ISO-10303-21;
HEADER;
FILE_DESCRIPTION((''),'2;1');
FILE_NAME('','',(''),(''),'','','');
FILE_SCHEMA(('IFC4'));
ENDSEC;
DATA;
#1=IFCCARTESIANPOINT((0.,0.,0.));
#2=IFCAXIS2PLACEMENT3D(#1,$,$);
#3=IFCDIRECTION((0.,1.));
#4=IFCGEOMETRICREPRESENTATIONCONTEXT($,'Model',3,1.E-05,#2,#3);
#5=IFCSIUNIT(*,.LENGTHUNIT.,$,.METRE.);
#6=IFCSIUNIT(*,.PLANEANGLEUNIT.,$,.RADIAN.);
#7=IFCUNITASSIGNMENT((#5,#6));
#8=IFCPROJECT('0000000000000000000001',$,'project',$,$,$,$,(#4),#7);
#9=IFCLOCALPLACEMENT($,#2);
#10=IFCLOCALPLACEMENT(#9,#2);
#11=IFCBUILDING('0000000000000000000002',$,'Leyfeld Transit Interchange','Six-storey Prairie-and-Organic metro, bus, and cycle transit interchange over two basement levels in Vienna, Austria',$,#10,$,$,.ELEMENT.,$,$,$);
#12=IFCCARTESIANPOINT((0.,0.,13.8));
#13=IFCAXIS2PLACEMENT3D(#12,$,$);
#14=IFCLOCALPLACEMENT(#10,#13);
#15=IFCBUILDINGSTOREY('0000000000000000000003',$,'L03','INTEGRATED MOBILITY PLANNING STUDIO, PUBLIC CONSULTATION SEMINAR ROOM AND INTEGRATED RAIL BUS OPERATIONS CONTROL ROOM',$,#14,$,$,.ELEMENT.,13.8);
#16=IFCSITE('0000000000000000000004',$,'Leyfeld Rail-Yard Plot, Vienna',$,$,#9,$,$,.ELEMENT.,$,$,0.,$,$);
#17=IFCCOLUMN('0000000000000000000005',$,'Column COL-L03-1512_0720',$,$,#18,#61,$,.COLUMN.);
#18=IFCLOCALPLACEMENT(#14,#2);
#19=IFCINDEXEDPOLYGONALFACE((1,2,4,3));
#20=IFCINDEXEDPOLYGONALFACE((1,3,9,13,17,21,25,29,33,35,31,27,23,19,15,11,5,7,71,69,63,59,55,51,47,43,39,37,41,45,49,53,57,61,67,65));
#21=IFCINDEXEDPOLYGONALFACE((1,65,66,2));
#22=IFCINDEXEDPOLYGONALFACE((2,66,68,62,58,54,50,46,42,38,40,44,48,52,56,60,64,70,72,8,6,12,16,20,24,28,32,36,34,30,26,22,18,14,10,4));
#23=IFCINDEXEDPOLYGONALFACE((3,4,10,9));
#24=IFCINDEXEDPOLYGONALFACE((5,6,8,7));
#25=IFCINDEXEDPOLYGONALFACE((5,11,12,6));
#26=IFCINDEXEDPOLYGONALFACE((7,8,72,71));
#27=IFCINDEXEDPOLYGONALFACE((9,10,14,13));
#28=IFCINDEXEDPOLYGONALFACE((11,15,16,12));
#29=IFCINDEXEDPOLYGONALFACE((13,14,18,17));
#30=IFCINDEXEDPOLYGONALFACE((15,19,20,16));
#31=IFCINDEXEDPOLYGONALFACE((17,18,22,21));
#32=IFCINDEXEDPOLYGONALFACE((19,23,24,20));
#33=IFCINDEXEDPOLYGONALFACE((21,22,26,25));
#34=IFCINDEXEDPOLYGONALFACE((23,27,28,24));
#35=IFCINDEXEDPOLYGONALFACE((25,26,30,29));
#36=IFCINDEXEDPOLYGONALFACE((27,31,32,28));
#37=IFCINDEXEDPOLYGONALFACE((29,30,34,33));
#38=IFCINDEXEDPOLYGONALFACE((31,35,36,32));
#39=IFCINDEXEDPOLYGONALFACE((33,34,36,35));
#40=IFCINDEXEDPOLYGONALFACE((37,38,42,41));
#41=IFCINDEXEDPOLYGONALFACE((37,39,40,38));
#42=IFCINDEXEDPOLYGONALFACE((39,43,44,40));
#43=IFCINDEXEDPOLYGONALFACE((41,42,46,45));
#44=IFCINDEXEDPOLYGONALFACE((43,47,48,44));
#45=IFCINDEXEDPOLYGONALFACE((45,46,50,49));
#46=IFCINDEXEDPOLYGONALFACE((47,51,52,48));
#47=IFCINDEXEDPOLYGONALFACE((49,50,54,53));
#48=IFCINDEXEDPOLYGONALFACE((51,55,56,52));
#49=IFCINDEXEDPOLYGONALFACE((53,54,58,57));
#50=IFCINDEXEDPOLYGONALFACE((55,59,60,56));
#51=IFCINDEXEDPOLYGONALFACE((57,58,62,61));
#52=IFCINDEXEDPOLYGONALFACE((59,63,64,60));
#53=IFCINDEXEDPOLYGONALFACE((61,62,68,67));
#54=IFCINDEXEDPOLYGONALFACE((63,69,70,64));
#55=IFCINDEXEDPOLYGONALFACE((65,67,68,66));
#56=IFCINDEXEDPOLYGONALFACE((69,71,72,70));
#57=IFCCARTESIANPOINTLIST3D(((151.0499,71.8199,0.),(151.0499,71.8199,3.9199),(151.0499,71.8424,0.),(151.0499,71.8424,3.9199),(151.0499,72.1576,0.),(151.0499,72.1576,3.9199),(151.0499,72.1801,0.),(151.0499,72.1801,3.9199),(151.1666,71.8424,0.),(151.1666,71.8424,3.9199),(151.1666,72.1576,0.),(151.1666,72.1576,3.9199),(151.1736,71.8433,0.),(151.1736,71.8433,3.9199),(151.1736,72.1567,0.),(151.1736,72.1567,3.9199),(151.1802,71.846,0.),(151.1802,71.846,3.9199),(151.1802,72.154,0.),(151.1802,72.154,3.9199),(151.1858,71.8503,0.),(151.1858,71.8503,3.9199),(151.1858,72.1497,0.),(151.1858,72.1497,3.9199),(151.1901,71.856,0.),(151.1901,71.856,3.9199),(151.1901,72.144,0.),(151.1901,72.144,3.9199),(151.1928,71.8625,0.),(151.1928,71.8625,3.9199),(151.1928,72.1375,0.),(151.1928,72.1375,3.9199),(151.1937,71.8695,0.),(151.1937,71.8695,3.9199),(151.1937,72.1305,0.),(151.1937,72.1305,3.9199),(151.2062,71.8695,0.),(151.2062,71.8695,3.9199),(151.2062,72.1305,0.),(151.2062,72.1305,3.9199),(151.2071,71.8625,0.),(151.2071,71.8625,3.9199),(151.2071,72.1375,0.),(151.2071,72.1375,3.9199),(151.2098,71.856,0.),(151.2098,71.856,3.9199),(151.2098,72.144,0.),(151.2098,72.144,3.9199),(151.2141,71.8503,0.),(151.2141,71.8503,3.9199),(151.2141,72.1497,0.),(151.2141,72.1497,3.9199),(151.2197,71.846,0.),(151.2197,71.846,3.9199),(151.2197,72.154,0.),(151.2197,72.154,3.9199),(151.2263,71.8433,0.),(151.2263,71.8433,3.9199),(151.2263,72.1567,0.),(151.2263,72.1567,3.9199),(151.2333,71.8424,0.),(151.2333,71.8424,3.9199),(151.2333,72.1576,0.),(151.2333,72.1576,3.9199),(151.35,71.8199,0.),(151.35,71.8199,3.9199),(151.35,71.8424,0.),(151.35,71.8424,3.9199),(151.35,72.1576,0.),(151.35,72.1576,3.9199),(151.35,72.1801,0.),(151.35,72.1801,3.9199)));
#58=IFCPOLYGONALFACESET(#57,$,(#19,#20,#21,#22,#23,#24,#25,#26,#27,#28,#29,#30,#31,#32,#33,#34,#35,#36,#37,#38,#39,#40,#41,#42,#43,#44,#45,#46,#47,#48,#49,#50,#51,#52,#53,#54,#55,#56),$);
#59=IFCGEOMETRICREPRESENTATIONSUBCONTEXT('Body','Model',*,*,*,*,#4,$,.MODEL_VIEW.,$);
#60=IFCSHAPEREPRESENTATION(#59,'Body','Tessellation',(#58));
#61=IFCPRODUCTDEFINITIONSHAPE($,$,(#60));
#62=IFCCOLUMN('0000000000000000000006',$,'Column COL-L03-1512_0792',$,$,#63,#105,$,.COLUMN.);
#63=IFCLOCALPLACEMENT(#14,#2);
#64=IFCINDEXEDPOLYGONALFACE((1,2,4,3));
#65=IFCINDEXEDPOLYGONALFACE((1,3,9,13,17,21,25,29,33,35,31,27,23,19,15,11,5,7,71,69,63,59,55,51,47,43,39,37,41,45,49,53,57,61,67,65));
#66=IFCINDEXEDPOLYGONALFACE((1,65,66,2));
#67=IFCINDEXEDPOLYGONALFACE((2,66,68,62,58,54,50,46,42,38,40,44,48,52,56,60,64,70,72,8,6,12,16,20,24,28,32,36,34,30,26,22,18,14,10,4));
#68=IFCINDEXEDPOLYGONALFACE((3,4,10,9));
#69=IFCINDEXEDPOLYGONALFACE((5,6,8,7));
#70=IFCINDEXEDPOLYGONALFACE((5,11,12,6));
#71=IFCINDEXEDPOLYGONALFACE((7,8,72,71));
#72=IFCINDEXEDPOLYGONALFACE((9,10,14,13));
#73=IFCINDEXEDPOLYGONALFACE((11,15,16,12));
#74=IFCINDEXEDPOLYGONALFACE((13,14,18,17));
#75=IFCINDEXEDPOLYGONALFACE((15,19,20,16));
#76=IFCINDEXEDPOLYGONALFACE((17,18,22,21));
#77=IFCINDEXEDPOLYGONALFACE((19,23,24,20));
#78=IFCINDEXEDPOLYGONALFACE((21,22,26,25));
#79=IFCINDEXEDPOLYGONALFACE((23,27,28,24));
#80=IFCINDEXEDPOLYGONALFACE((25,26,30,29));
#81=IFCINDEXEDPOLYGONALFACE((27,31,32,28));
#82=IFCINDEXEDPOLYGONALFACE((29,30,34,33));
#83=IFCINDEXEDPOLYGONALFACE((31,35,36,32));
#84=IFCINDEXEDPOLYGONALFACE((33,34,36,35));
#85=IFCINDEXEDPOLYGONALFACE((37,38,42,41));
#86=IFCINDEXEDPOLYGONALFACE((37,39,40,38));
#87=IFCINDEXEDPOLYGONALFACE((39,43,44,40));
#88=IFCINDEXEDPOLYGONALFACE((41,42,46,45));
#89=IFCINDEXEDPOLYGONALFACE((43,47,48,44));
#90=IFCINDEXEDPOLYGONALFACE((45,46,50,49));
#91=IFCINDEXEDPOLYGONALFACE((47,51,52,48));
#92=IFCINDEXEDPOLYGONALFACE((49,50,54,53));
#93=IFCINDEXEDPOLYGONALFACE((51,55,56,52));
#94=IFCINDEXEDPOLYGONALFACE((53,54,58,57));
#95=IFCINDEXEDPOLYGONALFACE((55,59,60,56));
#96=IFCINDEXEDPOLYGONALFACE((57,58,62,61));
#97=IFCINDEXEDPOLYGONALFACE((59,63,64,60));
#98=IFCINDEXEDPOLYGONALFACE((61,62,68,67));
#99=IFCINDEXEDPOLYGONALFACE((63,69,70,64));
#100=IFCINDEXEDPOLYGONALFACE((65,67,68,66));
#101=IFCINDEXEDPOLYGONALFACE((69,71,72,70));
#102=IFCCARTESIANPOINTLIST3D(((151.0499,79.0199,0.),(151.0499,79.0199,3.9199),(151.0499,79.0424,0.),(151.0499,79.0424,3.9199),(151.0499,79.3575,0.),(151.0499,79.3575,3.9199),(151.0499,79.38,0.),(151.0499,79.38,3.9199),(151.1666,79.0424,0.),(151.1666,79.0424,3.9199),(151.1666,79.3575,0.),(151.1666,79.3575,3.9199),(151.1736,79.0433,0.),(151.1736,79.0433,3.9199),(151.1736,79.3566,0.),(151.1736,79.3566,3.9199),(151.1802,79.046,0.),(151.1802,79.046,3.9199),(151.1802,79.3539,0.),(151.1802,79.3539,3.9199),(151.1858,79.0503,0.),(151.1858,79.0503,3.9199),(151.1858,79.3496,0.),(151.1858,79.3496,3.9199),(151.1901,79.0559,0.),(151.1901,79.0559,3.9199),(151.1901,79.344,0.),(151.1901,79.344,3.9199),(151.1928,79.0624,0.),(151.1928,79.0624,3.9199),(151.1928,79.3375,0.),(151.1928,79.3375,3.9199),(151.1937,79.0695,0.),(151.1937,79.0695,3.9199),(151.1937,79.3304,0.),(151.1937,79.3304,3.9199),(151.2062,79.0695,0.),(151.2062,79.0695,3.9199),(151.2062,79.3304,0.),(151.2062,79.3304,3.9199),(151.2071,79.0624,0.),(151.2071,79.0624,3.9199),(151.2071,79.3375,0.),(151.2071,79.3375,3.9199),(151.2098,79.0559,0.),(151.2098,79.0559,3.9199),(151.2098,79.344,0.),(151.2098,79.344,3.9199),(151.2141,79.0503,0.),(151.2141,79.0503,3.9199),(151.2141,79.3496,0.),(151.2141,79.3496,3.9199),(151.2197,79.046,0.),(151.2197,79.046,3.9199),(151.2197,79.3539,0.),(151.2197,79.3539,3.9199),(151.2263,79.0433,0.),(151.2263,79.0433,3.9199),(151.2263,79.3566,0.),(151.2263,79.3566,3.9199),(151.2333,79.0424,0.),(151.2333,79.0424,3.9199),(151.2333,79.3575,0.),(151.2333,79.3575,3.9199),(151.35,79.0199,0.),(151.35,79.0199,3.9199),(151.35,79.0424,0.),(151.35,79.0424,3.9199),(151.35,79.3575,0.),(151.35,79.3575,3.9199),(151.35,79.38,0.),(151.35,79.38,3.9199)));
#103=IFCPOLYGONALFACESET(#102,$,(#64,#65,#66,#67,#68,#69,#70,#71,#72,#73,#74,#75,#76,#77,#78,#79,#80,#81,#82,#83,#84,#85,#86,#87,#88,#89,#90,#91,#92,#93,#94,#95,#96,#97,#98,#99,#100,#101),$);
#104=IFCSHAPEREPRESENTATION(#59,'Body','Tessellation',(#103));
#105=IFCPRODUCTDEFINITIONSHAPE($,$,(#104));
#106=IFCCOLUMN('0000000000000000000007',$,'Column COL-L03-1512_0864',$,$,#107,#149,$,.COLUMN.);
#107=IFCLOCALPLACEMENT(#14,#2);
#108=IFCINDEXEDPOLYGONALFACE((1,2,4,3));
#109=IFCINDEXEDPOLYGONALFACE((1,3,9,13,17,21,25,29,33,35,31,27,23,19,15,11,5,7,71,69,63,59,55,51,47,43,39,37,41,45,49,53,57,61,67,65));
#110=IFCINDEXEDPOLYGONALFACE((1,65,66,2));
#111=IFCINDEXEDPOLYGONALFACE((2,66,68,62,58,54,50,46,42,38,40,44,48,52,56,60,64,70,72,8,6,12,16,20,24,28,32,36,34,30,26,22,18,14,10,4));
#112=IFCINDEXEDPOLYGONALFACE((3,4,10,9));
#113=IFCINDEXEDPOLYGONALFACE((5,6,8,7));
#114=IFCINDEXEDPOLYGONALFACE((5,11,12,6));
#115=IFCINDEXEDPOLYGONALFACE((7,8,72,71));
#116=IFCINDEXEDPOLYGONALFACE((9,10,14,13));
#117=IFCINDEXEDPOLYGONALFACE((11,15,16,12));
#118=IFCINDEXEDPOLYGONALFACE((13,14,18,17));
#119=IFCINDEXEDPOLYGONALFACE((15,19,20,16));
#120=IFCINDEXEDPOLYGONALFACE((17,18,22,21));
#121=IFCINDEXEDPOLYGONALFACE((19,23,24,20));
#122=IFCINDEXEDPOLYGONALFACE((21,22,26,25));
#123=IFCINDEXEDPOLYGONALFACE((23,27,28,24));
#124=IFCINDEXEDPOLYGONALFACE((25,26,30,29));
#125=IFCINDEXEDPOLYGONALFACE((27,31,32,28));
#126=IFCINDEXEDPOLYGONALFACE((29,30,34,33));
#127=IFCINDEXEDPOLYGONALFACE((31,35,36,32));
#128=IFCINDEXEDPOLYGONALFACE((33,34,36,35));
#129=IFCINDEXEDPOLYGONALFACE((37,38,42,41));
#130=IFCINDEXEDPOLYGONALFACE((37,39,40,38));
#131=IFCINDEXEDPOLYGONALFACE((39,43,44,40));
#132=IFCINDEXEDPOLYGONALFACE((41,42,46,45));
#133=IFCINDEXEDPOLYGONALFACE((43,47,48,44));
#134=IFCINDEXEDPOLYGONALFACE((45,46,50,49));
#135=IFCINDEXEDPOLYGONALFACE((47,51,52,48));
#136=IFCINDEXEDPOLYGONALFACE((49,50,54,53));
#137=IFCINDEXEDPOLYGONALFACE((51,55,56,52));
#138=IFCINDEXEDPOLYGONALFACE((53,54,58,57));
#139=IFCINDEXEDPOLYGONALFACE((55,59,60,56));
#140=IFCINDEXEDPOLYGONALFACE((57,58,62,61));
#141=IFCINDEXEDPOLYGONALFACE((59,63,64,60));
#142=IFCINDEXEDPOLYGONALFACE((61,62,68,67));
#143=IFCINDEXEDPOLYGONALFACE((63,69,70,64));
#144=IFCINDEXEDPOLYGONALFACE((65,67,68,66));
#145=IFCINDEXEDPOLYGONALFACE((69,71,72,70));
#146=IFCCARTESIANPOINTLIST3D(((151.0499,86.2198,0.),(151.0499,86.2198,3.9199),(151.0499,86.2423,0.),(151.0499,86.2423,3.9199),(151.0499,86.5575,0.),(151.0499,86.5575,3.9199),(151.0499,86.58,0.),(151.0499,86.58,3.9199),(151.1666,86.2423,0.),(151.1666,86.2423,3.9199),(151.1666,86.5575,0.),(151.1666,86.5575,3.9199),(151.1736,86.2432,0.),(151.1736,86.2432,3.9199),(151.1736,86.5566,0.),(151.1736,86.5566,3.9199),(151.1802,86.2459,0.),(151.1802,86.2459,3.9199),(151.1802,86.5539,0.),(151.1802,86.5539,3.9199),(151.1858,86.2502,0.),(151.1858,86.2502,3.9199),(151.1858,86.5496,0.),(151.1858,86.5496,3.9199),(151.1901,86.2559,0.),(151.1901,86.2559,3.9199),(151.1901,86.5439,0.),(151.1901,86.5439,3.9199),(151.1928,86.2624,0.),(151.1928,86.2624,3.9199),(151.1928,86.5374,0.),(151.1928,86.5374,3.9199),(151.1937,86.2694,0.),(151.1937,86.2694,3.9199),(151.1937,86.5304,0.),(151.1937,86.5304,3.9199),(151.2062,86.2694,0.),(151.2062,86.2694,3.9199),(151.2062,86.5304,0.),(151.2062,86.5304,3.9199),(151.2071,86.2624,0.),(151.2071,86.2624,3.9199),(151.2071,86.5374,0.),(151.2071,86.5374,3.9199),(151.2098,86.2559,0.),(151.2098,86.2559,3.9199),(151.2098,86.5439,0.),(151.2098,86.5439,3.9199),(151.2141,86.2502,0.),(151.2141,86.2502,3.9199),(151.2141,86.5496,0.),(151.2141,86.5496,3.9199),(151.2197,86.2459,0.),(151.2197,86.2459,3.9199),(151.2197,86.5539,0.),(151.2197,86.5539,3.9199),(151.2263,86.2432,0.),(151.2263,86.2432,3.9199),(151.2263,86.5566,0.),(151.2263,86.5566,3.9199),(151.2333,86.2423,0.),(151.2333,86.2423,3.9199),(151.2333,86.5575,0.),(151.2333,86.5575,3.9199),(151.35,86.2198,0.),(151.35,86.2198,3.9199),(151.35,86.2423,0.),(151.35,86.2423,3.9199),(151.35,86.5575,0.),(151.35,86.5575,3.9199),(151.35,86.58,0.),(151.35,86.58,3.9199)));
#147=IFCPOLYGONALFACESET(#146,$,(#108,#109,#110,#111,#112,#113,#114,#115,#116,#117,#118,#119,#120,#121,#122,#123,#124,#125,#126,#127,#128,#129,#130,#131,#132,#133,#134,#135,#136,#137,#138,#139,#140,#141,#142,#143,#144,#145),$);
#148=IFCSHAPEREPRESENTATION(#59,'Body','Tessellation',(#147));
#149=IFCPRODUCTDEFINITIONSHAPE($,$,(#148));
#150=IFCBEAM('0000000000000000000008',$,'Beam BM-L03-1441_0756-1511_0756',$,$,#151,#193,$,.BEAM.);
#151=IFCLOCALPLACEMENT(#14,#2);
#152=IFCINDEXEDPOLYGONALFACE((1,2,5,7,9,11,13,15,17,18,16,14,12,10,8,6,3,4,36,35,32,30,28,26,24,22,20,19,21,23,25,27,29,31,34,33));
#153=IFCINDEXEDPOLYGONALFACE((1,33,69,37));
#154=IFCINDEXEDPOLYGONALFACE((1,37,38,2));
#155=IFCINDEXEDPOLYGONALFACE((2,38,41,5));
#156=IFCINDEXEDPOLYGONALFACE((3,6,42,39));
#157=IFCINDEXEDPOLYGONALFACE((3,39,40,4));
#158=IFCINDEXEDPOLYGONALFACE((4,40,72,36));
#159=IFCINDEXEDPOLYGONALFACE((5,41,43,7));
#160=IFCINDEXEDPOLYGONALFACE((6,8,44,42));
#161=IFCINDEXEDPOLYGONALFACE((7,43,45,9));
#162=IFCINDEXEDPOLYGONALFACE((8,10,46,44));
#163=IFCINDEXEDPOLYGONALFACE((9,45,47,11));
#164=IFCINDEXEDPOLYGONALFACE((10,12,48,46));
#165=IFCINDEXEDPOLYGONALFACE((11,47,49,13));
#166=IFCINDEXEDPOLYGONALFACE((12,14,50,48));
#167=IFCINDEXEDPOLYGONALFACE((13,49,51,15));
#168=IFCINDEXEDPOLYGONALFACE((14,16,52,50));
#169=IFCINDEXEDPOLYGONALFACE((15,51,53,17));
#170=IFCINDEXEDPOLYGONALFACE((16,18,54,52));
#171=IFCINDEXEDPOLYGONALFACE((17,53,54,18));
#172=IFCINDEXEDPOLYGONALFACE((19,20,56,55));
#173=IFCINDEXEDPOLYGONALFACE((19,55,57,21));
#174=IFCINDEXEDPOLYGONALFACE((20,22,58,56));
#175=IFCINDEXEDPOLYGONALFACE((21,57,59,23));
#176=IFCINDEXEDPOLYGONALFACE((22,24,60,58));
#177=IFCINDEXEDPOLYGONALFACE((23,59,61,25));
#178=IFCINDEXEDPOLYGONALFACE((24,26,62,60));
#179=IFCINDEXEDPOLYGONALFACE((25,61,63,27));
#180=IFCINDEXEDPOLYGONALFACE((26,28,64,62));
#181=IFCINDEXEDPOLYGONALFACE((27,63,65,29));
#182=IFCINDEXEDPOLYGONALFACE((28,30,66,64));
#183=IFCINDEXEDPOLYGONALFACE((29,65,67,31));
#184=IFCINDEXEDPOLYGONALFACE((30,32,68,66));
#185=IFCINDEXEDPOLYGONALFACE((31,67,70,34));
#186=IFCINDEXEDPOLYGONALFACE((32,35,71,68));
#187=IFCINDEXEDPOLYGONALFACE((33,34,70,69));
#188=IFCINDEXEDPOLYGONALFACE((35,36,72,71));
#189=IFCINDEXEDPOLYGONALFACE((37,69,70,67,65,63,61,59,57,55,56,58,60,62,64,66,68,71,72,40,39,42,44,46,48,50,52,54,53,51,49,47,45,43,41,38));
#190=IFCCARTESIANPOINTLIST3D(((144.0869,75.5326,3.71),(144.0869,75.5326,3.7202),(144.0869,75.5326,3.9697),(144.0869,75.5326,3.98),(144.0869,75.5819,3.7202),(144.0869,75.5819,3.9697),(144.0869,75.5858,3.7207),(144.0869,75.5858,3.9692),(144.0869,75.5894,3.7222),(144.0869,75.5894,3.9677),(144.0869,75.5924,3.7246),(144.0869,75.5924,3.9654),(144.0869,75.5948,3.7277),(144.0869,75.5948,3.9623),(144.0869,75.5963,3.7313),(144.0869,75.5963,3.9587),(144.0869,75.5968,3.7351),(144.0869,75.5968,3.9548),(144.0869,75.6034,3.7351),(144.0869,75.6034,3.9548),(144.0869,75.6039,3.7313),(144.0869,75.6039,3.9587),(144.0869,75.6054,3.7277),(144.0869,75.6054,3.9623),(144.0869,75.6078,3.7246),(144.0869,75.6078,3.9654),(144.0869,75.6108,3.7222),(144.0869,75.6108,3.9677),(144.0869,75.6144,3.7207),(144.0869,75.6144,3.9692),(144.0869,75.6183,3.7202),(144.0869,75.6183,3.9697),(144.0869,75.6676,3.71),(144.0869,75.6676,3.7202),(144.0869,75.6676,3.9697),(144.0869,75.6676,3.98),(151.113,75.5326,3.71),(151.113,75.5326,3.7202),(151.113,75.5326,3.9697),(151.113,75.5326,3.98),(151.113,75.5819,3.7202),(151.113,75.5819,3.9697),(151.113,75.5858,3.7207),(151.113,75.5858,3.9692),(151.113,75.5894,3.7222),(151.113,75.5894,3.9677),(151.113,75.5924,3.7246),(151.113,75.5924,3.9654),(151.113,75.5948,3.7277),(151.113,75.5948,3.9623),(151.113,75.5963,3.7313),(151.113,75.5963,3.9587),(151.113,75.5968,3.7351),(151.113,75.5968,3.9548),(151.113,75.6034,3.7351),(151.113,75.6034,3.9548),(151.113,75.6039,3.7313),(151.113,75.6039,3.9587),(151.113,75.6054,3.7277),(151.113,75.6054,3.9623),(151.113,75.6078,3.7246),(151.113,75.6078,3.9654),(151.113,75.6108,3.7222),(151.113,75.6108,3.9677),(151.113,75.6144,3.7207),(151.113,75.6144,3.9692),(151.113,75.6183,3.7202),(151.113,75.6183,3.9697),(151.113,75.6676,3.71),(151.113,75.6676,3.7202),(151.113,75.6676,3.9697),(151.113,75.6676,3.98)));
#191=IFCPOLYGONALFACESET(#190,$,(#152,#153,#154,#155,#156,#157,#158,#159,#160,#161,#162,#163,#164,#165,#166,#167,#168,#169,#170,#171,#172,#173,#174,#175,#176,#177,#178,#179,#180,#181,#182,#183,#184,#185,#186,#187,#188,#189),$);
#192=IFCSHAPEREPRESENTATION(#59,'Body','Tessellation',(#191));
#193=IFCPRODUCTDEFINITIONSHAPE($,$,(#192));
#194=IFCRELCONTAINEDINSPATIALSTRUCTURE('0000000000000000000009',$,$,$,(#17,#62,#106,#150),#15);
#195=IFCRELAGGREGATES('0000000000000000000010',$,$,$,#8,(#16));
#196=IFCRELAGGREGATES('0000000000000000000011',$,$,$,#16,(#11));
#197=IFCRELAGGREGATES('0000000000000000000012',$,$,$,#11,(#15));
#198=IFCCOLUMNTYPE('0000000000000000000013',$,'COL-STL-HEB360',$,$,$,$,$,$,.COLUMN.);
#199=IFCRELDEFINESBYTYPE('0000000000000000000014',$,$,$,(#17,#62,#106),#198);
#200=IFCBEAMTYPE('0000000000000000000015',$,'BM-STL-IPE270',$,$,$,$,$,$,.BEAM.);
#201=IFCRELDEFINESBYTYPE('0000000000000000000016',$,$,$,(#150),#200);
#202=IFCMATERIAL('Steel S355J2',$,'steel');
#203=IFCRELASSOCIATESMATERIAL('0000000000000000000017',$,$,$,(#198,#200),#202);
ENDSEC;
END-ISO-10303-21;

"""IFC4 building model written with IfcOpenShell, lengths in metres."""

from ifc_helpers import new_model, si_unit, direction, frame, origin, origin_2d, place, context, subcontext, project, spatial, i_section, extrude, material, material_profile, profile_set, type_object, element, save


model = new_model("IFC4")

# Units and contexts
model_context = context("Model", 3, precision=1e-05, world=origin(), true_north=direction((0.0, 1.0)))
body_context = subcontext(model_context, "Body", "Model", "MODEL_VIEW")
ifc_project = project(units=[si_unit("LENGTHUNIT", "METRE"), si_unit("PLANEANGLEUNIT", "RADIAN")], contexts=[model_context])

# Site, building, storey
site_placement = place(None, origin())
site = spatial("IfcSite", under=ifc_project, at=site_placement, Name="Leyfeld Rail-Yard Plot, Vienna", CompositionType="ELEMENT", RefElevation=0.0)
building_placement = place(site_placement, origin())
building = spatial("IfcBuilding", under=site, at=building_placement, Name="Leyfeld Transit Interchange", Description="Six-storey Prairie-and-Organic metro, bus, and cycle transit interchange over two basement levels in Vienna, Austria", CompositionType="ELEMENT")
storey_placement = place(building_placement, frame((0.0, 0.0, 13.8)))
storey = spatial("IfcBuildingStorey", under=building, at=storey_placement, Name="L03", Description="INTEGRATED MOBILITY PLANNING STUDIO, PUBLIC CONSULTATION SEMINAR ROOM AND INTEGRATED RAIL BUS OPERATIONS CONTROL ROOM", CompositionType="ELEMENT", Elevation=13.8)

# Columns
ifc_material_1 = material(Name="Steel S355J2", Category="steel")
ifc_material_profile_1 = material_profile(ifc_material_1, i_section(OverallWidth=0.3, OverallDepth=0.3601, WebThickness=0.0125, FlangeThickness=0.0225, FilletRadius=0.0271, at=origin_2d()), Name="HEB 360")
ifc_profile_set_1 = profile_set([ifc_material_profile_1], Name="Steel S355J2")
column_type = type_object("IfcColumnType", Name="COL-STL-HEB360", PredefinedType="COLUMN", material=ifc_profile_set_1)
for number, where, z_axis, x_axis, name in (
    (1, (151.2, 72.0, 0.0), (0.0, 0.0, 1.0), (1.0, 0.0, 0.0), "Column COL-L03-1512_0720"),
    (2, (151.2, 79.2, 0.0), (0.0, 0.0, 1.0), (1.0, 0.0, 0.0), "Column COL-L03-1512_0792"),
    (3, (151.2, 86.3999, 0.0), (0.0, 0.0, 1.0), (1.0, 0.0, 0.0), "Column COL-L03-1512_0864"),
):
    element("IfcColumn", number, at=place(storey_placement, frame(where, z_axis=z_axis, x_axis=x_axis)), inside=storey, type_object=column_type, Name=name, PredefinedType="COLUMN", context=body_context, shape_type="SweptSolid", body=[
        extrude(i_section(OverallWidth=0.3, OverallDepth=0.3601, WebThickness=0.0125, FlangeThickness=0.0225, FilletRadius=0.0271, at=origin_2d()), origin(), (0.0, 0.0, 1.0), 3.9199),
    ])

# Beam
ifc_material_profile_2 = material_profile(ifc_material_1, i_section(OverallWidth=0.135, OverallDepth=0.27, WebThickness=0.0066, FlangeThickness=0.0103, FilletRadius=0.0149, at=origin_2d()), Name="IPE 270")
ifc_profile_set_2 = profile_set([ifc_material_profile_2], Name="Steel S355J2")
beam_type_1 = type_object("IfcBeamType", Name="BM-STL-IPE270", PredefinedType="BEAM", material=ifc_profile_set_2)
beam_1_placement = place(storey_placement, frame((144.0869, 75.6001, 3.845), z_axis=(1.0, 0.0, 0.0), x_axis=(0.0, 1.0, 0.0)))
element("IfcBeam", 4, at=beam_1_placement, inside=storey, type_object=beam_type_1, Name="Beam BM-L03-1441_0756-1511_0756", PredefinedType="BEAM", context=body_context, shape_type="SweptSolid", body=[
    extrude(i_section(OverallWidth=0.135, OverallDepth=0.27, WebThickness=0.0066, FlangeThickness=0.0103, FilletRadius=0.0149, at=origin_2d()), origin(), (0.0, 0.0, 1.0), 7.0261),
])

save(model, "model.ifc")
